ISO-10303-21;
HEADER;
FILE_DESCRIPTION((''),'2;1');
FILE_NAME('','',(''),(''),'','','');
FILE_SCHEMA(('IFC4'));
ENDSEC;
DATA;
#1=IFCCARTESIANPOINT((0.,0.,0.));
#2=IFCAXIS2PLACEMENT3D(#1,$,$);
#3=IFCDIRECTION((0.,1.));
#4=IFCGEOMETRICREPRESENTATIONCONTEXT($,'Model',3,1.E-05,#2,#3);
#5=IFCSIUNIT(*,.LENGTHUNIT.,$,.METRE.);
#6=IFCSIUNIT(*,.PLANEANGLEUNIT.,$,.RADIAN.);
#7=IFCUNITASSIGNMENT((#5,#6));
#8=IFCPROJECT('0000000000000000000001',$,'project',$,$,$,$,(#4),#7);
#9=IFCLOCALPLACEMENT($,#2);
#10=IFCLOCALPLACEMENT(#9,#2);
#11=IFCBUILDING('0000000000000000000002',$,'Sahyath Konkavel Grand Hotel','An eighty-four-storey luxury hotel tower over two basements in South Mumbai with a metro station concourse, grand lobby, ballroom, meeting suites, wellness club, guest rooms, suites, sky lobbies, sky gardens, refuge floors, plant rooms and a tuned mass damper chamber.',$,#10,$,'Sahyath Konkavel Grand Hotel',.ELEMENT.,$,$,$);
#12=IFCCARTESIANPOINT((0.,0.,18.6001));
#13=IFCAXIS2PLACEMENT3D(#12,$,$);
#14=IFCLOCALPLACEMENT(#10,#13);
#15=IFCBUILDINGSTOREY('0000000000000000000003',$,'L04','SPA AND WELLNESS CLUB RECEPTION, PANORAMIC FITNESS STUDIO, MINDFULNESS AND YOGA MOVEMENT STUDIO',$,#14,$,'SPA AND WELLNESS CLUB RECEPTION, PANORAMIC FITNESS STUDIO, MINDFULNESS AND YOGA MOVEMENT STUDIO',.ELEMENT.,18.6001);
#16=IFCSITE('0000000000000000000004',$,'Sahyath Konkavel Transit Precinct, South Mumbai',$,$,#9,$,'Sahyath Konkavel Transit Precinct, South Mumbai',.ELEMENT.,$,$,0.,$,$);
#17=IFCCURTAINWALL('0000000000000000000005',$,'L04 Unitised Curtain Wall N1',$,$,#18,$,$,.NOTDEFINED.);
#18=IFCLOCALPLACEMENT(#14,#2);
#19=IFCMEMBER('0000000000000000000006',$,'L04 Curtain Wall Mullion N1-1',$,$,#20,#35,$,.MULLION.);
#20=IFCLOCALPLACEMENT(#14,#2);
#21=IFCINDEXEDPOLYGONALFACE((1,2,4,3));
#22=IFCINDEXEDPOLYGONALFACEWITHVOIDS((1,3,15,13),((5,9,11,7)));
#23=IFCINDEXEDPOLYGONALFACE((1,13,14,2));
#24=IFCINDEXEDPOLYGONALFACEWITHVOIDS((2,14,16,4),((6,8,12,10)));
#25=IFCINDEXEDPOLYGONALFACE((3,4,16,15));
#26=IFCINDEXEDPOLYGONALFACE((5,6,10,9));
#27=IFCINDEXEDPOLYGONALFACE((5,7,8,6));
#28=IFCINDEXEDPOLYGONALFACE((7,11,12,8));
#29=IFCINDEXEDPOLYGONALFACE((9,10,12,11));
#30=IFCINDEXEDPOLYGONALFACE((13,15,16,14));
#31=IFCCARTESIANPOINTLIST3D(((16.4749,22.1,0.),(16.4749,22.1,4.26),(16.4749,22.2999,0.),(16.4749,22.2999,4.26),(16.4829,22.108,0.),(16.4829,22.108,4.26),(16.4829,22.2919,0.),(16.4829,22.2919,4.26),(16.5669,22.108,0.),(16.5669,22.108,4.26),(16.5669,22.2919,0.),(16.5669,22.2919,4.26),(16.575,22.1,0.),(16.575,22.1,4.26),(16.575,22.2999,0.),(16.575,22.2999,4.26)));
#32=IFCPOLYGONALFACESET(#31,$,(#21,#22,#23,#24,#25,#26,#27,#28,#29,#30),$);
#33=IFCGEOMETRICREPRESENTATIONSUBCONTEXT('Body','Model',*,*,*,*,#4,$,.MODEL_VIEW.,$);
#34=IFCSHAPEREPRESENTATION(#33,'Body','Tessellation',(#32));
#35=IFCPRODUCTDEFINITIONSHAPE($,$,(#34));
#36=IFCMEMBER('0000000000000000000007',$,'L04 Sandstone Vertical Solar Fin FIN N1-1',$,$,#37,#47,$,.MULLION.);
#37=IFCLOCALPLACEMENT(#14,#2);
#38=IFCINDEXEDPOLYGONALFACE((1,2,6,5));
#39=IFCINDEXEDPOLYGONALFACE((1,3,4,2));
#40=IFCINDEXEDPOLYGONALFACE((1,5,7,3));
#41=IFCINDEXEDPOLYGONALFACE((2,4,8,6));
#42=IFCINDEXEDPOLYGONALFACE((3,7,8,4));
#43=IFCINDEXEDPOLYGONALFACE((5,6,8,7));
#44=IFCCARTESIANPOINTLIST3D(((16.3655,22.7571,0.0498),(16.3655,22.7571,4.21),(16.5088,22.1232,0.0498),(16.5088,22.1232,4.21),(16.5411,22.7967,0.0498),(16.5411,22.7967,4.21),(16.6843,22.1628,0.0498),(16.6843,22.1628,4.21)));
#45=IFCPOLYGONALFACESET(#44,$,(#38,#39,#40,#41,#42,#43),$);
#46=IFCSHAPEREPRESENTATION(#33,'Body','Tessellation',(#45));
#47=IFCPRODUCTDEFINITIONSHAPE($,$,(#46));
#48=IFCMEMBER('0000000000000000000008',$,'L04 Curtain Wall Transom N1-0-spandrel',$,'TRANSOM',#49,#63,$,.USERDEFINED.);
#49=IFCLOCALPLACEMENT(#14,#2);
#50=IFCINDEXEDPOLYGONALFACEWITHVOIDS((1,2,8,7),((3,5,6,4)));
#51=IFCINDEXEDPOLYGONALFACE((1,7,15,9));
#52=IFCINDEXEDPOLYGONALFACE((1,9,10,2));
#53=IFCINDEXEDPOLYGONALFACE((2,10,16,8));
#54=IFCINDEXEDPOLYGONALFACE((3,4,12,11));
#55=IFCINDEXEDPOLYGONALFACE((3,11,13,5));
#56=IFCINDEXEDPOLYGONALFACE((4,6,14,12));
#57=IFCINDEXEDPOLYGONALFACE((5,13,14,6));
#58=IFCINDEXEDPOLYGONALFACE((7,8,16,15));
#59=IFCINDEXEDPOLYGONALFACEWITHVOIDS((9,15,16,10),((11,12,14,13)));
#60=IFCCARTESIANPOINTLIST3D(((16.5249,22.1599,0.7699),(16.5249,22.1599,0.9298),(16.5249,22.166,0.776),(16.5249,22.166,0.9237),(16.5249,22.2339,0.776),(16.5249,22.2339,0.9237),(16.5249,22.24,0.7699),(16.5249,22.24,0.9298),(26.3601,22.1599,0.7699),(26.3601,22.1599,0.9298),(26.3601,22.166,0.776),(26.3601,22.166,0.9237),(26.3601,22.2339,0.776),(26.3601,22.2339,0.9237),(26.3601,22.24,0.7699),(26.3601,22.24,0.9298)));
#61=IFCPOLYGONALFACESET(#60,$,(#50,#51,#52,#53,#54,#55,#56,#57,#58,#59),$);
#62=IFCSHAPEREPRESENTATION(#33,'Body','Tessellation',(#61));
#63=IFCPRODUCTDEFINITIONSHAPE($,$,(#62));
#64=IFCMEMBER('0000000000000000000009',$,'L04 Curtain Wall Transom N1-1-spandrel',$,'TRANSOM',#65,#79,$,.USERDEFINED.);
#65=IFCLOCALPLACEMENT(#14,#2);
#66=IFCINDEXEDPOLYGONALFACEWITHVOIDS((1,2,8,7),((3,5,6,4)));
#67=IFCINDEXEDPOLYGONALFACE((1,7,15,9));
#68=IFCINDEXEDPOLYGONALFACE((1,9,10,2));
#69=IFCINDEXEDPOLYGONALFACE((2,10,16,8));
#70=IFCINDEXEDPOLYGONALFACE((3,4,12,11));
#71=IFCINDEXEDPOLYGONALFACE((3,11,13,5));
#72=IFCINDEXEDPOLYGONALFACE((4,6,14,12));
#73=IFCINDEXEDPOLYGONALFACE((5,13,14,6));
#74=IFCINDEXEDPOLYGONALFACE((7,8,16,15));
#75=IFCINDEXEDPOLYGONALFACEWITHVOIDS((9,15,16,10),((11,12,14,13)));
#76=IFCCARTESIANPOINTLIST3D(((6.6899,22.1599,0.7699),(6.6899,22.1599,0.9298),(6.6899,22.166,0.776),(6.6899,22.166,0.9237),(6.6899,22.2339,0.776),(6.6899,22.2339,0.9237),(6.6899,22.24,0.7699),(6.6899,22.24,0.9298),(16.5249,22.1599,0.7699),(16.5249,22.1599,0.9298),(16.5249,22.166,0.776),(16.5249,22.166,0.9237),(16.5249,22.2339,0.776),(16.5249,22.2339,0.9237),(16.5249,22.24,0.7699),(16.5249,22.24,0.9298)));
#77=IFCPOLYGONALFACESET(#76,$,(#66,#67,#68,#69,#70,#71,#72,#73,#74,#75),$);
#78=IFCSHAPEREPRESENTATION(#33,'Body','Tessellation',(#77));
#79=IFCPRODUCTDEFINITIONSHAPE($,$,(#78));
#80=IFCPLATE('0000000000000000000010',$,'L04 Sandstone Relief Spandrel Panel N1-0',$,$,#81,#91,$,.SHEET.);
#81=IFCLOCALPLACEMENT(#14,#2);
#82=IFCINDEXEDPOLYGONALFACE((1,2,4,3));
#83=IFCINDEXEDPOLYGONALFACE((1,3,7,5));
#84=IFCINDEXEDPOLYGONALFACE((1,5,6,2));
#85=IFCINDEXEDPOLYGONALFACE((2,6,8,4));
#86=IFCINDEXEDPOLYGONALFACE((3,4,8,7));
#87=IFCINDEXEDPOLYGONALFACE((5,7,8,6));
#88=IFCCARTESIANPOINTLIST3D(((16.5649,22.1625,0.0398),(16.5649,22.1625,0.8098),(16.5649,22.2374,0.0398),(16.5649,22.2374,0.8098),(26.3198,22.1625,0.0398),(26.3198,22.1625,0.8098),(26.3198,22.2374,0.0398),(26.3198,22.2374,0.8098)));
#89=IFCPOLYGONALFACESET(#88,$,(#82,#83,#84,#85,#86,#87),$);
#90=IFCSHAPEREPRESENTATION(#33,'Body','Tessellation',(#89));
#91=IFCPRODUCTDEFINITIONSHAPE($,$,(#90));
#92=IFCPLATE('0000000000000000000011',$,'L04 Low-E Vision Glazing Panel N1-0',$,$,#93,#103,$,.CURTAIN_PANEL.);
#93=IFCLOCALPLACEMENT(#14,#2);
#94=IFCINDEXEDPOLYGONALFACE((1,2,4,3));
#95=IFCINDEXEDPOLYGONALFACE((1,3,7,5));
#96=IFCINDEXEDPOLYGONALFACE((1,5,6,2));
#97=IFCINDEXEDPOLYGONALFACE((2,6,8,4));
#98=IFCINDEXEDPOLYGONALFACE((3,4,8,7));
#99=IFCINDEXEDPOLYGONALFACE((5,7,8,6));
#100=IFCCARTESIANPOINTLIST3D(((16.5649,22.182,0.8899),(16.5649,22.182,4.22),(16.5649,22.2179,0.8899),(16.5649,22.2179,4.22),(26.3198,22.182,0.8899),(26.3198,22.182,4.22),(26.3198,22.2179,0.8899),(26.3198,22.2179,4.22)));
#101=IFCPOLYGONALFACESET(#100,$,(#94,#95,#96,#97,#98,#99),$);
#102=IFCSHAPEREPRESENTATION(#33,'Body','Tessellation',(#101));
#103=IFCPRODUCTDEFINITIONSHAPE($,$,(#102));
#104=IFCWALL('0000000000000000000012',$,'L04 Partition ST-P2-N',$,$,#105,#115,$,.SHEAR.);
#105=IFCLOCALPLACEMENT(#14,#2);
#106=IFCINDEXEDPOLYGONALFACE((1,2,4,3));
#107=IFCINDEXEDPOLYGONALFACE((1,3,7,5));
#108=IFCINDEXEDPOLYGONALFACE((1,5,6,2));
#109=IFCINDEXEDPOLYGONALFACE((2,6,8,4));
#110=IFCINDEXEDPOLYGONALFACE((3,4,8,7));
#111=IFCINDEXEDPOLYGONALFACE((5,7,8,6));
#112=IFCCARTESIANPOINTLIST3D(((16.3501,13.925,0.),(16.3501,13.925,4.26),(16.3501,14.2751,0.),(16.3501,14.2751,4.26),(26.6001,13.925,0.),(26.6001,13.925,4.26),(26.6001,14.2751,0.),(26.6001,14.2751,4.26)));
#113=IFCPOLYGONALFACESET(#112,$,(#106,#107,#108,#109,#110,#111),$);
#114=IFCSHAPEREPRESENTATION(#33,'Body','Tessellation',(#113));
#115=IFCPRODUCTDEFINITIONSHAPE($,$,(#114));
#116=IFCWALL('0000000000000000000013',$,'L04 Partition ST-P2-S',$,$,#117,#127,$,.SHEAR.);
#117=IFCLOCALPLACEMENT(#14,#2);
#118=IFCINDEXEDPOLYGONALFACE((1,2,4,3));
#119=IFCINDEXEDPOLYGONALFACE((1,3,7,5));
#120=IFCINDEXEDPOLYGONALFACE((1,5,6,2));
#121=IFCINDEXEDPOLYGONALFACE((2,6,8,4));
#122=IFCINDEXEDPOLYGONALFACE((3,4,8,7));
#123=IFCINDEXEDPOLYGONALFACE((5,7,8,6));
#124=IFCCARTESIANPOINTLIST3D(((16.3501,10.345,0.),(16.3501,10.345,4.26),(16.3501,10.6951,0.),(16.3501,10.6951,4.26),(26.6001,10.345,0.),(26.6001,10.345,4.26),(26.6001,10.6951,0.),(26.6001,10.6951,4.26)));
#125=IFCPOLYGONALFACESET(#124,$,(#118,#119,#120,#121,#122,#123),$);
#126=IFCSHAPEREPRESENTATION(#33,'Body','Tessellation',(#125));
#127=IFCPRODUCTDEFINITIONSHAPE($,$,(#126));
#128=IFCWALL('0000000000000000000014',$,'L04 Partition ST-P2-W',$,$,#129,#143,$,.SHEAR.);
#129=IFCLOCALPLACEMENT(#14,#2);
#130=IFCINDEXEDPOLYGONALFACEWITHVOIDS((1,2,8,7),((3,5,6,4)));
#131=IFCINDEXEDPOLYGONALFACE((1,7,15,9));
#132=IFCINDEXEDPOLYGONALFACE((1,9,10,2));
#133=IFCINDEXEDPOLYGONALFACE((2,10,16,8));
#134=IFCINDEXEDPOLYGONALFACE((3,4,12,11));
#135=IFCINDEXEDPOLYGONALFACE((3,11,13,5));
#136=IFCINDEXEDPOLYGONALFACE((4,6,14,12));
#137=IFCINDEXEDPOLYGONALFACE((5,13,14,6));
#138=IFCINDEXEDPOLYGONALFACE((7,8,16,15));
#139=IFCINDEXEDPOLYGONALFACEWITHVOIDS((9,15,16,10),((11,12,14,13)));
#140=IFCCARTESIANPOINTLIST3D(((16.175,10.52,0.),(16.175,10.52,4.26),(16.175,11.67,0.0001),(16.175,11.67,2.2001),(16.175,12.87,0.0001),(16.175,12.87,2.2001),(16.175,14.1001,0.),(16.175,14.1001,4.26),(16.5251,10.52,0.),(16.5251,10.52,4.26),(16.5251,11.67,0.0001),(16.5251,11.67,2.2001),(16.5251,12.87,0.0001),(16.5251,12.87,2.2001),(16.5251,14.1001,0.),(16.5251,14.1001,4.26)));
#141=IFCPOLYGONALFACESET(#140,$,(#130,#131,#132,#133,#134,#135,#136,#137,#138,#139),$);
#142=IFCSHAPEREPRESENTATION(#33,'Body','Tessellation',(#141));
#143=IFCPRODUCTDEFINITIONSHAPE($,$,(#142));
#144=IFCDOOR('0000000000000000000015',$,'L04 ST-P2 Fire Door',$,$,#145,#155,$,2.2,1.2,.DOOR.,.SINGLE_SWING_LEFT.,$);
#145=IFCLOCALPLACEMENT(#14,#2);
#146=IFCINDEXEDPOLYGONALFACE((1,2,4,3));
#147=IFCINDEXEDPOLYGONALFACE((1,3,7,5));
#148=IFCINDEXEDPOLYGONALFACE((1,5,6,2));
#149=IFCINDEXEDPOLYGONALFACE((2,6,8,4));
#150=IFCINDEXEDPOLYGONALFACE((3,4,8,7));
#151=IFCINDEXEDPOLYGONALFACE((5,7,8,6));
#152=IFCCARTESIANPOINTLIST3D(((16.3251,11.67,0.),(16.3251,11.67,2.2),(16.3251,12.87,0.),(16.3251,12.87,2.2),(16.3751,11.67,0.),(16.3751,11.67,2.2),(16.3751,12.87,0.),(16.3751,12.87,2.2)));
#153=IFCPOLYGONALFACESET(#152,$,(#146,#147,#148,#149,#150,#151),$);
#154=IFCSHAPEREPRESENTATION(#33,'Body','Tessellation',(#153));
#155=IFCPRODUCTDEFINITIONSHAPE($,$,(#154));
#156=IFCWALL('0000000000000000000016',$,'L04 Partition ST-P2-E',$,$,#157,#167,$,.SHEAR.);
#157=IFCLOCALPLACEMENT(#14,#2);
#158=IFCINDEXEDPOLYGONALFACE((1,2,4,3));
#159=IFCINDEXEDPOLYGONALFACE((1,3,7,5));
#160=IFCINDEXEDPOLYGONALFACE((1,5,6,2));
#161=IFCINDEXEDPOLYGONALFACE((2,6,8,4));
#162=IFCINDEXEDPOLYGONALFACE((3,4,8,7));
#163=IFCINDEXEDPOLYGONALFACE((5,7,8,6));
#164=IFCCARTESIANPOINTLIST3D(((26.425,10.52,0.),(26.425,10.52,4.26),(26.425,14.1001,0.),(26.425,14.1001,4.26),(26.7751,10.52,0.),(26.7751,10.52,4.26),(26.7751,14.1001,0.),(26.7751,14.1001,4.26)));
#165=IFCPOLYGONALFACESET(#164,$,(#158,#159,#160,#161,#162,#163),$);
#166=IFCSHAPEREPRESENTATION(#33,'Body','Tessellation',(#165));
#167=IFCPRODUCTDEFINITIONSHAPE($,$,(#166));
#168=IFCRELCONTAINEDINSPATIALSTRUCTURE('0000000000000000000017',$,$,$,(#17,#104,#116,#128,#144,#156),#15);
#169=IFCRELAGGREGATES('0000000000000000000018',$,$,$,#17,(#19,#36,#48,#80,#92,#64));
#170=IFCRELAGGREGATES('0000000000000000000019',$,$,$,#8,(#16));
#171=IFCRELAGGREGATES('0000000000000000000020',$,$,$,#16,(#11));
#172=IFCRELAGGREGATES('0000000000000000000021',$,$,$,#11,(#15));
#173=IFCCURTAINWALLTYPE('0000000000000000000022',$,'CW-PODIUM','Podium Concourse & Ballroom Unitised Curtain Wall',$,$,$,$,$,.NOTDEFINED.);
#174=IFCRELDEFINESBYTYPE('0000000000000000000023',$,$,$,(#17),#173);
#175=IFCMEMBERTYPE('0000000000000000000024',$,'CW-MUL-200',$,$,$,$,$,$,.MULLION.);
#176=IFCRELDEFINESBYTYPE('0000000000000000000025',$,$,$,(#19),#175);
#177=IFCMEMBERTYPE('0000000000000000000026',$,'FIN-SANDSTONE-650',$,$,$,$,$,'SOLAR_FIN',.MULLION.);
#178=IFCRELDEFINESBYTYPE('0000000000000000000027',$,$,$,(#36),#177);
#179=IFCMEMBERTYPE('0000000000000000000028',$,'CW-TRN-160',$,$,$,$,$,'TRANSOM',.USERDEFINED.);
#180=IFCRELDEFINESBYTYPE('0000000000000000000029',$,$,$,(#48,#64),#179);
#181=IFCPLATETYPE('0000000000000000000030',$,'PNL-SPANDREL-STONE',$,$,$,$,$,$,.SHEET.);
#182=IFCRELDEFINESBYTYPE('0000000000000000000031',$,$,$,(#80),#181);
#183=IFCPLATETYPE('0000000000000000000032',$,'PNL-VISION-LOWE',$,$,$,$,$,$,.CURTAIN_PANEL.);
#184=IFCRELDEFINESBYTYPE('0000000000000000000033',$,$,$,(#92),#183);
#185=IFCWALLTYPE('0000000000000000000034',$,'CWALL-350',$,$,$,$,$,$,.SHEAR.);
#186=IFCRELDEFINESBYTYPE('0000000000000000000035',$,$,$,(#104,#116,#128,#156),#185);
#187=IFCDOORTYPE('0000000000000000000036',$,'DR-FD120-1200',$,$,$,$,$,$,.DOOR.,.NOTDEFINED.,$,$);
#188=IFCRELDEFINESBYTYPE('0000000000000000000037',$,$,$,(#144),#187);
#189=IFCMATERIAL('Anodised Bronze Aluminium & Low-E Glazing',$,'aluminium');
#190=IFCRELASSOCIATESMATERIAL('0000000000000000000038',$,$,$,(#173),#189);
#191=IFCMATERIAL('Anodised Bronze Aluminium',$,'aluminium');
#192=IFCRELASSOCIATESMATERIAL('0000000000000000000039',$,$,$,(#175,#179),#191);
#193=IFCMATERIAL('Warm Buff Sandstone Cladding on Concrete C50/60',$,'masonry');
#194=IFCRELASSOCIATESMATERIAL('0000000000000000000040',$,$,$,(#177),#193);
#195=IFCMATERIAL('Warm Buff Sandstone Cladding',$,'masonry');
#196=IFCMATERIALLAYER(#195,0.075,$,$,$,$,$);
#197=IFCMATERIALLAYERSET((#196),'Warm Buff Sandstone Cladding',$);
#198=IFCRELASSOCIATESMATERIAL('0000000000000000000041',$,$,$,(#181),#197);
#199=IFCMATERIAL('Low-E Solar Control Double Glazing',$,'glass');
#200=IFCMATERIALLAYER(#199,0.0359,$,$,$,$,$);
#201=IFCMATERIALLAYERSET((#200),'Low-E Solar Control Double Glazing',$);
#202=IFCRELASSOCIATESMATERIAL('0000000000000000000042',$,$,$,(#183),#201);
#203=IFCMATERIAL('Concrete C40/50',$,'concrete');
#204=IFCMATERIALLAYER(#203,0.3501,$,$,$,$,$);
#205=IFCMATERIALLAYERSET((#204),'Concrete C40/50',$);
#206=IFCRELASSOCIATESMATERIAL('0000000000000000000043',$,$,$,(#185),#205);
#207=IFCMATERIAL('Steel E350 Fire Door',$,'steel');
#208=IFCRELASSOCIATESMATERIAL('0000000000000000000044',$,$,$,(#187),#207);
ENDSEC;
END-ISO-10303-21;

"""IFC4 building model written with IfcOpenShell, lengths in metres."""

from ifc_helpers import new_model, si_unit, direction, frame, frame_2d, origin, origin_2d, place, context, subcontext, project, spatial, rectangle, hollow_rectangle, extrude, source, transform, mapped, material, layer, layer_set, material_profile, profile_set, type_object, element, fill, aggregate, save


model = new_model("IFC4")

# Units and contexts
model_context = context("Model", 3, precision=1e-05, world=origin(), true_north=direction((0.0, 1.0)))
body_context = subcontext(model_context, "Body", "Model", "MODEL_VIEW")
ifc_project = project(units=[si_unit("LENGTHUNIT", "METRE"), si_unit("PLANEANGLEUNIT", "RADIAN")], contexts=[model_context])

# Site, building, storey
site_placement = place(None, origin())
site = spatial("IfcSite", under=ifc_project, at=site_placement, Name="Sahyath Konkavel Transit Precinct, South Mumbai", LongName="Sahyath Konkavel Transit Precinct, South Mumbai", CompositionType="ELEMENT", RefElevation=0.0)
building_placement = place(site_placement, origin())
building = spatial("IfcBuilding", under=site, at=building_placement, Name="Sahyath Konkavel Grand Hotel", Description="An eighty-four-storey luxury hotel tower over two basements in South Mumbai with a metro station concourse, grand lobby, ballroom, meeting suites, wellness club, guest rooms, suites, sky lobbies, sky gardens, refuge floors, plant rooms and a tuned mass damper chamber.", LongName="Sahyath Konkavel Grand Hotel", CompositionType="ELEMENT")
storey_placement = place(building_placement, frame((0.0, 0.0, 18.6001)))
storey = spatial("IfcBuildingStorey", under=building, at=storey_placement, Name="L04", Description="SPA AND WELLNESS CLUB RECEPTION, PANORAMIC FITNESS STUDIO, MINDFULNESS AND YOGA MOVEMENT STUDIO", LongName="SPA AND WELLNESS CLUB RECEPTION, PANORAMIC FITNESS STUDIO, MINDFULNESS AND YOGA MOVEMENT STUDIO", CompositionType="ELEMENT", Elevation=18.6001)

# Curtain wall, members, plates
ifc_material_1 = material(Name="Anodised Bronze Aluminium & Low-E Glazing", Category="aluminium")
curtain_wall_type = type_object("IfcCurtainWallType", Name="CW-PODIUM", Description="Podium Concourse & Ballroom Unitised Curtain Wall", PredefinedType="NOTDEFINED", material=ifc_material_1)
curtain_wall_placement = place(storey_placement, origin())
curtain_wall = element("IfcCurtainWall", 1, at=curtain_wall_placement, inside=storey, type_object=curtain_wall_type, Name="L04 Unitised Curtain Wall N1", PredefinedType="NOTDEFINED")
ifc_material_2 = material(Name="Anodised Bronze Aluminium", Category="aluminium")
ifc_material_profile_1 = material_profile(ifc_material_2, hollow_rectangle(XDim=0.1001, YDim=0.2, WallThickness=0.0081, at=origin_2d()), Name="RHS 200x100x8")
ifc_profile_set_1 = profile_set([ifc_material_profile_1], Name="Anodised Bronze Aluminium")
member_type_1 = type_object("IfcMemberType", Name="CW-MUL-200", PredefinedType="MULLION", material=ifc_profile_set_1)
shared_shape_1 = source(origin(), body_context, "Body", "SweptSolid", [
    extrude(hollow_rectangle(XDim=0.1001, YDim=0.2, WallThickness=0.0081, at=origin_2d()), origin(), (0.0, 0.0, 1.0), 4.26),
])
member_1_placement = place(storey_placement, frame((16.5249, 22.2, 0.0), z_axis=(0.0, 0.0, 1.0), x_axis=(1.0, 0.0, 0.0)))
member_1 = element("IfcMember", 2, at=member_1_placement, type_object=member_type_1, Name="L04 Curtain Wall Mullion N1-1", PredefinedType="MULLION", context=body_context, shape_type="MappedRepresentation", body=[
    mapped(shared_shape_1, transform((0.0, 0.0, 0.0), scale=1.0)),
])
ifc_material_3 = material(Name="Warm Buff Sandstone Cladding on Concrete C50/60", Category="masonry")
ifc_material_profile_2 = material_profile(ifc_material_3, rectangle(XDim=0.1799, YDim=0.6499, at=origin_2d()), Name="FIN 180x650")
ifc_profile_set_2 = profile_set([ifc_material_profile_2], Name="Warm Buff Sandstone Cladding on Concrete C50/60")
member_type_2 = type_object("IfcMemberType", Name="FIN-SANDSTONE-650", ElementType="SOLAR_FIN", PredefinedType="MULLION", material=ifc_profile_set_2)
shared_shape_2 = source(origin(), body_context, "Body", "SweptSolid", [
    extrude(rectangle(XDim=0.1799, YDim=0.6499, at=origin_2d()), origin(), (0.0, 0.0, 1.0), 4.1602),
])
member_2_placement = place(storey_placement, frame((16.5249, 22.46, 0.0498), z_axis=(0.0, 0.0, 1.0), x_axis=(0.975419, 0.220357, 0.0)))
member_2 = element("IfcMember", 3, at=member_2_placement, type_object=member_type_2, Name="L04 Sandstone Vertical Solar Fin FIN N1-1", PredefinedType="MULLION", context=body_context, shape_type="MappedRepresentation", body=[
    mapped(shared_shape_2, transform((0.0, 0.0, 0.0), scale=1.0)),
])
ifc_material_profile_3 = material_profile(ifc_material_2, hollow_rectangle(XDim=0.0801, YDim=0.1599, WallThickness=0.0061, at=origin_2d()), Name="RHS 160x80x6")
ifc_profile_set_3 = profile_set([ifc_material_profile_3], Name="Anodised Bronze Aluminium")
member_type_3 = type_object("IfcMemberType", Name="CW-TRN-160", ElementType="TRANSOM", PredefinedType="USERDEFINED", material=ifc_profile_set_3)
shared_shape_3 = source(origin(), body_context, "Body", "SweptSolid", [
    extrude(hollow_rectangle(XDim=0.0801, YDim=0.1599, WallThickness=0.0061, at=origin_2d()), origin(), (0.0, 0.0, 1.0), 9.8352),
])
member_3_placement = place(storey_placement, frame((26.3601, 22.2, 0.8499), z_axis=(-1.0, 0.0, 0.0), x_axis=(0.0, -1.0, 0.0)))
member_3 = element("IfcMember", 4, at=member_3_placement, type_object=member_type_3, Name="L04 Curtain Wall Transom N1-0-spandrel", ObjectType="TRANSOM", PredefinedType="USERDEFINED", context=body_context, shape_type="MappedRepresentation", body=[
    mapped(shared_shape_3, transform((0.0, 0.0, 0.0), scale=1.0)),
])
shared_shape_4 = source(origin(), body_context, "Body", "SweptSolid", [
    extrude(hollow_rectangle(XDim=0.0801, YDim=0.1599, WallThickness=0.0061, at=origin_2d()), origin(), (0.0, 0.0, 1.0), 9.835),
])
member_4_placement = place(storey_placement, frame((16.5249, 22.2, 0.8499), z_axis=(-1.0, 0.0, 0.0), x_axis=(0.0, -1.0, 0.0)))
member_4 = element("IfcMember", 5, at=member_4_placement, type_object=member_type_3, Name="L04 Curtain Wall Transom N1-1-spandrel", ObjectType="TRANSOM", PredefinedType="USERDEFINED", context=body_context, shape_type="MappedRepresentation", body=[
    mapped(shared_shape_4, transform((0.0, 0.0, 0.0), scale=1.0)),
])
ifc_material_4 = material(Name="Warm Buff Sandstone Cladding", Category="masonry")
ifc_layer_1 = layer(ifc_material_4, 0.075)
ifc_layer_set_1 = layer_set([ifc_layer_1], Name="Warm Buff Sandstone Cladding")
plate_type_1 = type_object("IfcPlateType", Name="PNL-SPANDREL-STONE", PredefinedType="SHEET", material=ifc_layer_set_1)
shared_shape_5 = source(origin(), body_context, "Body", "SweptSolid", [
    extrude(rectangle(XDim=9.7549, YDim=0.075, at=origin_2d()), origin(), (0.0, 0.0, 1.0), 0.77),
])
plate_1_placement = place(storey_placement, frame((21.4424, 22.2, 0.0398), z_axis=(0.0, 0.0, 1.0), x_axis=(-1.0, 0.0, 0.0)))
plate_1 = element("IfcPlate", 6, at=plate_1_placement, type_object=plate_type_1, Name="L04 Sandstone Relief Spandrel Panel N1-0", PredefinedType="SHEET", context=body_context, shape_type="MappedRepresentation", body=[
    mapped(shared_shape_5, transform((0.0, 0.0, 0.0), scale=1.0)),
])
ifc_material_5 = material(Name="Low-E Solar Control Double Glazing", Category="glass")
ifc_layer_2 = layer(ifc_material_5, 0.0359)
ifc_layer_set_2 = layer_set([ifc_layer_2], Name="Low-E Solar Control Double Glazing")
plate_type_2 = type_object("IfcPlateType", Name="PNL-VISION-LOWE", PredefinedType="CURTAIN_PANEL", material=ifc_layer_set_2)
shared_shape_6 = source(origin(), body_context, "Body", "SweptSolid", [
    extrude(rectangle(XDim=9.7549, YDim=0.0359, at=origin_2d()), origin(), (0.0, 0.0, 1.0), 3.3301),
])
plate_2_placement = place(storey_placement, frame((21.4424, 22.2, 0.8899), z_axis=(0.0, 0.0, 1.0), x_axis=(-1.0, 0.0, 0.0)))
plate_2 = element("IfcPlate", 7, at=plate_2_placement, type_object=plate_type_2, Name="L04 Low-E Vision Glazing Panel N1-0", PredefinedType="CURTAIN_PANEL", context=body_context, shape_type="MappedRepresentation", body=[
    mapped(shared_shape_6, transform((0.0, 0.0, 0.0), scale=1.0)),
])
aggregate(curtain_wall, [member_1, member_2, member_3, plate_1, plate_2, member_4])

# Walls
ifc_material_6 = material(Name="Concrete C40/50", Category="concrete")
ifc_layer_3 = layer(ifc_material_6, 0.3501)
ifc_layer_set_3 = layer_set([ifc_layer_3], Name="Concrete C40/50")
wall_type_1 = type_object("IfcWallType", Name="CWALL-350", PredefinedType="SHEAR", material=ifc_layer_set_3)
for number, where, z_axis, x_axis, name in (
    (8, (16.3501, 14.1001, 0.0), (0.0, 0.0, 1.0), (1.0, 0.0, 0.0), "L04 Partition ST-P2-N"),
    (9, (16.3501, 10.52, 0.0), (0.0, 0.0, 1.0), (1.0, 0.0, 0.0), "L04 Partition ST-P2-S"),
):
    element("IfcWall", number, at=place(storey_placement, frame(where, z_axis=z_axis, x_axis=x_axis)), inside=storey, type_object=wall_type_1, Name=name, PredefinedType="SHEAR", context=body_context, shape_type="SweptSolid", body=[
        extrude(rectangle(XDim=10.25, YDim=0.3501, at=frame_2d((5.125, 0.0))), origin(), (0.0, 0.0, 1.0), 4.26),
    ])

# Wall, opening, door
wall_1_placement = place(storey_placement, frame((16.3501, 10.52, 0.0), z_axis=(0.0, 0.0, 1.0), x_axis=(0.0, 1.0, 0.0)))
wall_1 = element("IfcWall", 10, at=wall_1_placement, inside=storey, type_object=wall_type_1, Name="L04 Partition ST-P2-W", PredefinedType="SHEAR", context=body_context, shape_type="SweptSolid", body=[
    extrude(rectangle(XDim=3.5801, YDim=0.3501, at=frame_2d((1.79, 0.0))), origin(), (0.0, 0.0, 1.0), 4.26),
])
opening_placement = place(wall_1_placement, frame((1.1499, 0.0, 0.0)))
opening = element("IfcOpeningElement", 11, at=opening_placement, cuts=wall_1, PredefinedType="OPENING", context=body_context, shape_type="SweptSolid", body=[
    extrude(rectangle(XDim=1.2, YDim=2.2, at=frame_2d((0.6001, 1.1001))), frame((0.0, 0.1851, 0.0), z_axis=(0.0, -1.0, 0.0), x_axis=(1.0, 0.0, 0.0)), (0.0, 0.0, 1.0), 0.3701),
])
ifc_material_7 = material(Name="Steel E350 Fire Door", Category="steel")
door_type = type_object("IfcDoorType", Name="DR-FD120-1200", OperationType="NOTDEFINED", PredefinedType="DOOR", material=ifc_material_7)
shared_shape_7 = source(origin(), body_context, "Body", "SweptSolid", [
    extrude(rectangle(XDim=1.2, YDim=0.05, at=origin_2d()), origin(), (0.0, 0.0, 1.0), 2.2),
])
door_placement = place(opening_placement, frame((0.6001, 0.0, 0.0)))
door = element("IfcDoor", 12, at=door_placement, inside=storey, type_object=door_type, Name="L04 ST-P2 Fire Door", OperationType="SINGLE_SWING_LEFT", OverallHeight=2.2, OverallWidth=1.2, PredefinedType="DOOR", context=body_context, shape_type="MappedRepresentation", body=[
    mapped(shared_shape_7, transform((0.0, 0.0, 0.0), scale=1.0)),
])
fill(opening, door)

# Wall
wall_2_placement = place(storey_placement, frame((26.6001, 10.52, 0.0), z_axis=(0.0, 0.0, 1.0), x_axis=(0.0, 1.0, 0.0)))
element("IfcWall", 13, at=wall_2_placement, inside=storey, type_object=wall_type_1, Name="L04 Partition ST-P2-E", PredefinedType="SHEAR", context=body_context, shape_type="SweptSolid", body=[
    extrude(rectangle(XDim=3.5801, YDim=0.3501, at=frame_2d((1.79, 0.0))), origin(), (0.0, 0.0, 1.0), 4.26),
])

save(model, "model.ifc")
